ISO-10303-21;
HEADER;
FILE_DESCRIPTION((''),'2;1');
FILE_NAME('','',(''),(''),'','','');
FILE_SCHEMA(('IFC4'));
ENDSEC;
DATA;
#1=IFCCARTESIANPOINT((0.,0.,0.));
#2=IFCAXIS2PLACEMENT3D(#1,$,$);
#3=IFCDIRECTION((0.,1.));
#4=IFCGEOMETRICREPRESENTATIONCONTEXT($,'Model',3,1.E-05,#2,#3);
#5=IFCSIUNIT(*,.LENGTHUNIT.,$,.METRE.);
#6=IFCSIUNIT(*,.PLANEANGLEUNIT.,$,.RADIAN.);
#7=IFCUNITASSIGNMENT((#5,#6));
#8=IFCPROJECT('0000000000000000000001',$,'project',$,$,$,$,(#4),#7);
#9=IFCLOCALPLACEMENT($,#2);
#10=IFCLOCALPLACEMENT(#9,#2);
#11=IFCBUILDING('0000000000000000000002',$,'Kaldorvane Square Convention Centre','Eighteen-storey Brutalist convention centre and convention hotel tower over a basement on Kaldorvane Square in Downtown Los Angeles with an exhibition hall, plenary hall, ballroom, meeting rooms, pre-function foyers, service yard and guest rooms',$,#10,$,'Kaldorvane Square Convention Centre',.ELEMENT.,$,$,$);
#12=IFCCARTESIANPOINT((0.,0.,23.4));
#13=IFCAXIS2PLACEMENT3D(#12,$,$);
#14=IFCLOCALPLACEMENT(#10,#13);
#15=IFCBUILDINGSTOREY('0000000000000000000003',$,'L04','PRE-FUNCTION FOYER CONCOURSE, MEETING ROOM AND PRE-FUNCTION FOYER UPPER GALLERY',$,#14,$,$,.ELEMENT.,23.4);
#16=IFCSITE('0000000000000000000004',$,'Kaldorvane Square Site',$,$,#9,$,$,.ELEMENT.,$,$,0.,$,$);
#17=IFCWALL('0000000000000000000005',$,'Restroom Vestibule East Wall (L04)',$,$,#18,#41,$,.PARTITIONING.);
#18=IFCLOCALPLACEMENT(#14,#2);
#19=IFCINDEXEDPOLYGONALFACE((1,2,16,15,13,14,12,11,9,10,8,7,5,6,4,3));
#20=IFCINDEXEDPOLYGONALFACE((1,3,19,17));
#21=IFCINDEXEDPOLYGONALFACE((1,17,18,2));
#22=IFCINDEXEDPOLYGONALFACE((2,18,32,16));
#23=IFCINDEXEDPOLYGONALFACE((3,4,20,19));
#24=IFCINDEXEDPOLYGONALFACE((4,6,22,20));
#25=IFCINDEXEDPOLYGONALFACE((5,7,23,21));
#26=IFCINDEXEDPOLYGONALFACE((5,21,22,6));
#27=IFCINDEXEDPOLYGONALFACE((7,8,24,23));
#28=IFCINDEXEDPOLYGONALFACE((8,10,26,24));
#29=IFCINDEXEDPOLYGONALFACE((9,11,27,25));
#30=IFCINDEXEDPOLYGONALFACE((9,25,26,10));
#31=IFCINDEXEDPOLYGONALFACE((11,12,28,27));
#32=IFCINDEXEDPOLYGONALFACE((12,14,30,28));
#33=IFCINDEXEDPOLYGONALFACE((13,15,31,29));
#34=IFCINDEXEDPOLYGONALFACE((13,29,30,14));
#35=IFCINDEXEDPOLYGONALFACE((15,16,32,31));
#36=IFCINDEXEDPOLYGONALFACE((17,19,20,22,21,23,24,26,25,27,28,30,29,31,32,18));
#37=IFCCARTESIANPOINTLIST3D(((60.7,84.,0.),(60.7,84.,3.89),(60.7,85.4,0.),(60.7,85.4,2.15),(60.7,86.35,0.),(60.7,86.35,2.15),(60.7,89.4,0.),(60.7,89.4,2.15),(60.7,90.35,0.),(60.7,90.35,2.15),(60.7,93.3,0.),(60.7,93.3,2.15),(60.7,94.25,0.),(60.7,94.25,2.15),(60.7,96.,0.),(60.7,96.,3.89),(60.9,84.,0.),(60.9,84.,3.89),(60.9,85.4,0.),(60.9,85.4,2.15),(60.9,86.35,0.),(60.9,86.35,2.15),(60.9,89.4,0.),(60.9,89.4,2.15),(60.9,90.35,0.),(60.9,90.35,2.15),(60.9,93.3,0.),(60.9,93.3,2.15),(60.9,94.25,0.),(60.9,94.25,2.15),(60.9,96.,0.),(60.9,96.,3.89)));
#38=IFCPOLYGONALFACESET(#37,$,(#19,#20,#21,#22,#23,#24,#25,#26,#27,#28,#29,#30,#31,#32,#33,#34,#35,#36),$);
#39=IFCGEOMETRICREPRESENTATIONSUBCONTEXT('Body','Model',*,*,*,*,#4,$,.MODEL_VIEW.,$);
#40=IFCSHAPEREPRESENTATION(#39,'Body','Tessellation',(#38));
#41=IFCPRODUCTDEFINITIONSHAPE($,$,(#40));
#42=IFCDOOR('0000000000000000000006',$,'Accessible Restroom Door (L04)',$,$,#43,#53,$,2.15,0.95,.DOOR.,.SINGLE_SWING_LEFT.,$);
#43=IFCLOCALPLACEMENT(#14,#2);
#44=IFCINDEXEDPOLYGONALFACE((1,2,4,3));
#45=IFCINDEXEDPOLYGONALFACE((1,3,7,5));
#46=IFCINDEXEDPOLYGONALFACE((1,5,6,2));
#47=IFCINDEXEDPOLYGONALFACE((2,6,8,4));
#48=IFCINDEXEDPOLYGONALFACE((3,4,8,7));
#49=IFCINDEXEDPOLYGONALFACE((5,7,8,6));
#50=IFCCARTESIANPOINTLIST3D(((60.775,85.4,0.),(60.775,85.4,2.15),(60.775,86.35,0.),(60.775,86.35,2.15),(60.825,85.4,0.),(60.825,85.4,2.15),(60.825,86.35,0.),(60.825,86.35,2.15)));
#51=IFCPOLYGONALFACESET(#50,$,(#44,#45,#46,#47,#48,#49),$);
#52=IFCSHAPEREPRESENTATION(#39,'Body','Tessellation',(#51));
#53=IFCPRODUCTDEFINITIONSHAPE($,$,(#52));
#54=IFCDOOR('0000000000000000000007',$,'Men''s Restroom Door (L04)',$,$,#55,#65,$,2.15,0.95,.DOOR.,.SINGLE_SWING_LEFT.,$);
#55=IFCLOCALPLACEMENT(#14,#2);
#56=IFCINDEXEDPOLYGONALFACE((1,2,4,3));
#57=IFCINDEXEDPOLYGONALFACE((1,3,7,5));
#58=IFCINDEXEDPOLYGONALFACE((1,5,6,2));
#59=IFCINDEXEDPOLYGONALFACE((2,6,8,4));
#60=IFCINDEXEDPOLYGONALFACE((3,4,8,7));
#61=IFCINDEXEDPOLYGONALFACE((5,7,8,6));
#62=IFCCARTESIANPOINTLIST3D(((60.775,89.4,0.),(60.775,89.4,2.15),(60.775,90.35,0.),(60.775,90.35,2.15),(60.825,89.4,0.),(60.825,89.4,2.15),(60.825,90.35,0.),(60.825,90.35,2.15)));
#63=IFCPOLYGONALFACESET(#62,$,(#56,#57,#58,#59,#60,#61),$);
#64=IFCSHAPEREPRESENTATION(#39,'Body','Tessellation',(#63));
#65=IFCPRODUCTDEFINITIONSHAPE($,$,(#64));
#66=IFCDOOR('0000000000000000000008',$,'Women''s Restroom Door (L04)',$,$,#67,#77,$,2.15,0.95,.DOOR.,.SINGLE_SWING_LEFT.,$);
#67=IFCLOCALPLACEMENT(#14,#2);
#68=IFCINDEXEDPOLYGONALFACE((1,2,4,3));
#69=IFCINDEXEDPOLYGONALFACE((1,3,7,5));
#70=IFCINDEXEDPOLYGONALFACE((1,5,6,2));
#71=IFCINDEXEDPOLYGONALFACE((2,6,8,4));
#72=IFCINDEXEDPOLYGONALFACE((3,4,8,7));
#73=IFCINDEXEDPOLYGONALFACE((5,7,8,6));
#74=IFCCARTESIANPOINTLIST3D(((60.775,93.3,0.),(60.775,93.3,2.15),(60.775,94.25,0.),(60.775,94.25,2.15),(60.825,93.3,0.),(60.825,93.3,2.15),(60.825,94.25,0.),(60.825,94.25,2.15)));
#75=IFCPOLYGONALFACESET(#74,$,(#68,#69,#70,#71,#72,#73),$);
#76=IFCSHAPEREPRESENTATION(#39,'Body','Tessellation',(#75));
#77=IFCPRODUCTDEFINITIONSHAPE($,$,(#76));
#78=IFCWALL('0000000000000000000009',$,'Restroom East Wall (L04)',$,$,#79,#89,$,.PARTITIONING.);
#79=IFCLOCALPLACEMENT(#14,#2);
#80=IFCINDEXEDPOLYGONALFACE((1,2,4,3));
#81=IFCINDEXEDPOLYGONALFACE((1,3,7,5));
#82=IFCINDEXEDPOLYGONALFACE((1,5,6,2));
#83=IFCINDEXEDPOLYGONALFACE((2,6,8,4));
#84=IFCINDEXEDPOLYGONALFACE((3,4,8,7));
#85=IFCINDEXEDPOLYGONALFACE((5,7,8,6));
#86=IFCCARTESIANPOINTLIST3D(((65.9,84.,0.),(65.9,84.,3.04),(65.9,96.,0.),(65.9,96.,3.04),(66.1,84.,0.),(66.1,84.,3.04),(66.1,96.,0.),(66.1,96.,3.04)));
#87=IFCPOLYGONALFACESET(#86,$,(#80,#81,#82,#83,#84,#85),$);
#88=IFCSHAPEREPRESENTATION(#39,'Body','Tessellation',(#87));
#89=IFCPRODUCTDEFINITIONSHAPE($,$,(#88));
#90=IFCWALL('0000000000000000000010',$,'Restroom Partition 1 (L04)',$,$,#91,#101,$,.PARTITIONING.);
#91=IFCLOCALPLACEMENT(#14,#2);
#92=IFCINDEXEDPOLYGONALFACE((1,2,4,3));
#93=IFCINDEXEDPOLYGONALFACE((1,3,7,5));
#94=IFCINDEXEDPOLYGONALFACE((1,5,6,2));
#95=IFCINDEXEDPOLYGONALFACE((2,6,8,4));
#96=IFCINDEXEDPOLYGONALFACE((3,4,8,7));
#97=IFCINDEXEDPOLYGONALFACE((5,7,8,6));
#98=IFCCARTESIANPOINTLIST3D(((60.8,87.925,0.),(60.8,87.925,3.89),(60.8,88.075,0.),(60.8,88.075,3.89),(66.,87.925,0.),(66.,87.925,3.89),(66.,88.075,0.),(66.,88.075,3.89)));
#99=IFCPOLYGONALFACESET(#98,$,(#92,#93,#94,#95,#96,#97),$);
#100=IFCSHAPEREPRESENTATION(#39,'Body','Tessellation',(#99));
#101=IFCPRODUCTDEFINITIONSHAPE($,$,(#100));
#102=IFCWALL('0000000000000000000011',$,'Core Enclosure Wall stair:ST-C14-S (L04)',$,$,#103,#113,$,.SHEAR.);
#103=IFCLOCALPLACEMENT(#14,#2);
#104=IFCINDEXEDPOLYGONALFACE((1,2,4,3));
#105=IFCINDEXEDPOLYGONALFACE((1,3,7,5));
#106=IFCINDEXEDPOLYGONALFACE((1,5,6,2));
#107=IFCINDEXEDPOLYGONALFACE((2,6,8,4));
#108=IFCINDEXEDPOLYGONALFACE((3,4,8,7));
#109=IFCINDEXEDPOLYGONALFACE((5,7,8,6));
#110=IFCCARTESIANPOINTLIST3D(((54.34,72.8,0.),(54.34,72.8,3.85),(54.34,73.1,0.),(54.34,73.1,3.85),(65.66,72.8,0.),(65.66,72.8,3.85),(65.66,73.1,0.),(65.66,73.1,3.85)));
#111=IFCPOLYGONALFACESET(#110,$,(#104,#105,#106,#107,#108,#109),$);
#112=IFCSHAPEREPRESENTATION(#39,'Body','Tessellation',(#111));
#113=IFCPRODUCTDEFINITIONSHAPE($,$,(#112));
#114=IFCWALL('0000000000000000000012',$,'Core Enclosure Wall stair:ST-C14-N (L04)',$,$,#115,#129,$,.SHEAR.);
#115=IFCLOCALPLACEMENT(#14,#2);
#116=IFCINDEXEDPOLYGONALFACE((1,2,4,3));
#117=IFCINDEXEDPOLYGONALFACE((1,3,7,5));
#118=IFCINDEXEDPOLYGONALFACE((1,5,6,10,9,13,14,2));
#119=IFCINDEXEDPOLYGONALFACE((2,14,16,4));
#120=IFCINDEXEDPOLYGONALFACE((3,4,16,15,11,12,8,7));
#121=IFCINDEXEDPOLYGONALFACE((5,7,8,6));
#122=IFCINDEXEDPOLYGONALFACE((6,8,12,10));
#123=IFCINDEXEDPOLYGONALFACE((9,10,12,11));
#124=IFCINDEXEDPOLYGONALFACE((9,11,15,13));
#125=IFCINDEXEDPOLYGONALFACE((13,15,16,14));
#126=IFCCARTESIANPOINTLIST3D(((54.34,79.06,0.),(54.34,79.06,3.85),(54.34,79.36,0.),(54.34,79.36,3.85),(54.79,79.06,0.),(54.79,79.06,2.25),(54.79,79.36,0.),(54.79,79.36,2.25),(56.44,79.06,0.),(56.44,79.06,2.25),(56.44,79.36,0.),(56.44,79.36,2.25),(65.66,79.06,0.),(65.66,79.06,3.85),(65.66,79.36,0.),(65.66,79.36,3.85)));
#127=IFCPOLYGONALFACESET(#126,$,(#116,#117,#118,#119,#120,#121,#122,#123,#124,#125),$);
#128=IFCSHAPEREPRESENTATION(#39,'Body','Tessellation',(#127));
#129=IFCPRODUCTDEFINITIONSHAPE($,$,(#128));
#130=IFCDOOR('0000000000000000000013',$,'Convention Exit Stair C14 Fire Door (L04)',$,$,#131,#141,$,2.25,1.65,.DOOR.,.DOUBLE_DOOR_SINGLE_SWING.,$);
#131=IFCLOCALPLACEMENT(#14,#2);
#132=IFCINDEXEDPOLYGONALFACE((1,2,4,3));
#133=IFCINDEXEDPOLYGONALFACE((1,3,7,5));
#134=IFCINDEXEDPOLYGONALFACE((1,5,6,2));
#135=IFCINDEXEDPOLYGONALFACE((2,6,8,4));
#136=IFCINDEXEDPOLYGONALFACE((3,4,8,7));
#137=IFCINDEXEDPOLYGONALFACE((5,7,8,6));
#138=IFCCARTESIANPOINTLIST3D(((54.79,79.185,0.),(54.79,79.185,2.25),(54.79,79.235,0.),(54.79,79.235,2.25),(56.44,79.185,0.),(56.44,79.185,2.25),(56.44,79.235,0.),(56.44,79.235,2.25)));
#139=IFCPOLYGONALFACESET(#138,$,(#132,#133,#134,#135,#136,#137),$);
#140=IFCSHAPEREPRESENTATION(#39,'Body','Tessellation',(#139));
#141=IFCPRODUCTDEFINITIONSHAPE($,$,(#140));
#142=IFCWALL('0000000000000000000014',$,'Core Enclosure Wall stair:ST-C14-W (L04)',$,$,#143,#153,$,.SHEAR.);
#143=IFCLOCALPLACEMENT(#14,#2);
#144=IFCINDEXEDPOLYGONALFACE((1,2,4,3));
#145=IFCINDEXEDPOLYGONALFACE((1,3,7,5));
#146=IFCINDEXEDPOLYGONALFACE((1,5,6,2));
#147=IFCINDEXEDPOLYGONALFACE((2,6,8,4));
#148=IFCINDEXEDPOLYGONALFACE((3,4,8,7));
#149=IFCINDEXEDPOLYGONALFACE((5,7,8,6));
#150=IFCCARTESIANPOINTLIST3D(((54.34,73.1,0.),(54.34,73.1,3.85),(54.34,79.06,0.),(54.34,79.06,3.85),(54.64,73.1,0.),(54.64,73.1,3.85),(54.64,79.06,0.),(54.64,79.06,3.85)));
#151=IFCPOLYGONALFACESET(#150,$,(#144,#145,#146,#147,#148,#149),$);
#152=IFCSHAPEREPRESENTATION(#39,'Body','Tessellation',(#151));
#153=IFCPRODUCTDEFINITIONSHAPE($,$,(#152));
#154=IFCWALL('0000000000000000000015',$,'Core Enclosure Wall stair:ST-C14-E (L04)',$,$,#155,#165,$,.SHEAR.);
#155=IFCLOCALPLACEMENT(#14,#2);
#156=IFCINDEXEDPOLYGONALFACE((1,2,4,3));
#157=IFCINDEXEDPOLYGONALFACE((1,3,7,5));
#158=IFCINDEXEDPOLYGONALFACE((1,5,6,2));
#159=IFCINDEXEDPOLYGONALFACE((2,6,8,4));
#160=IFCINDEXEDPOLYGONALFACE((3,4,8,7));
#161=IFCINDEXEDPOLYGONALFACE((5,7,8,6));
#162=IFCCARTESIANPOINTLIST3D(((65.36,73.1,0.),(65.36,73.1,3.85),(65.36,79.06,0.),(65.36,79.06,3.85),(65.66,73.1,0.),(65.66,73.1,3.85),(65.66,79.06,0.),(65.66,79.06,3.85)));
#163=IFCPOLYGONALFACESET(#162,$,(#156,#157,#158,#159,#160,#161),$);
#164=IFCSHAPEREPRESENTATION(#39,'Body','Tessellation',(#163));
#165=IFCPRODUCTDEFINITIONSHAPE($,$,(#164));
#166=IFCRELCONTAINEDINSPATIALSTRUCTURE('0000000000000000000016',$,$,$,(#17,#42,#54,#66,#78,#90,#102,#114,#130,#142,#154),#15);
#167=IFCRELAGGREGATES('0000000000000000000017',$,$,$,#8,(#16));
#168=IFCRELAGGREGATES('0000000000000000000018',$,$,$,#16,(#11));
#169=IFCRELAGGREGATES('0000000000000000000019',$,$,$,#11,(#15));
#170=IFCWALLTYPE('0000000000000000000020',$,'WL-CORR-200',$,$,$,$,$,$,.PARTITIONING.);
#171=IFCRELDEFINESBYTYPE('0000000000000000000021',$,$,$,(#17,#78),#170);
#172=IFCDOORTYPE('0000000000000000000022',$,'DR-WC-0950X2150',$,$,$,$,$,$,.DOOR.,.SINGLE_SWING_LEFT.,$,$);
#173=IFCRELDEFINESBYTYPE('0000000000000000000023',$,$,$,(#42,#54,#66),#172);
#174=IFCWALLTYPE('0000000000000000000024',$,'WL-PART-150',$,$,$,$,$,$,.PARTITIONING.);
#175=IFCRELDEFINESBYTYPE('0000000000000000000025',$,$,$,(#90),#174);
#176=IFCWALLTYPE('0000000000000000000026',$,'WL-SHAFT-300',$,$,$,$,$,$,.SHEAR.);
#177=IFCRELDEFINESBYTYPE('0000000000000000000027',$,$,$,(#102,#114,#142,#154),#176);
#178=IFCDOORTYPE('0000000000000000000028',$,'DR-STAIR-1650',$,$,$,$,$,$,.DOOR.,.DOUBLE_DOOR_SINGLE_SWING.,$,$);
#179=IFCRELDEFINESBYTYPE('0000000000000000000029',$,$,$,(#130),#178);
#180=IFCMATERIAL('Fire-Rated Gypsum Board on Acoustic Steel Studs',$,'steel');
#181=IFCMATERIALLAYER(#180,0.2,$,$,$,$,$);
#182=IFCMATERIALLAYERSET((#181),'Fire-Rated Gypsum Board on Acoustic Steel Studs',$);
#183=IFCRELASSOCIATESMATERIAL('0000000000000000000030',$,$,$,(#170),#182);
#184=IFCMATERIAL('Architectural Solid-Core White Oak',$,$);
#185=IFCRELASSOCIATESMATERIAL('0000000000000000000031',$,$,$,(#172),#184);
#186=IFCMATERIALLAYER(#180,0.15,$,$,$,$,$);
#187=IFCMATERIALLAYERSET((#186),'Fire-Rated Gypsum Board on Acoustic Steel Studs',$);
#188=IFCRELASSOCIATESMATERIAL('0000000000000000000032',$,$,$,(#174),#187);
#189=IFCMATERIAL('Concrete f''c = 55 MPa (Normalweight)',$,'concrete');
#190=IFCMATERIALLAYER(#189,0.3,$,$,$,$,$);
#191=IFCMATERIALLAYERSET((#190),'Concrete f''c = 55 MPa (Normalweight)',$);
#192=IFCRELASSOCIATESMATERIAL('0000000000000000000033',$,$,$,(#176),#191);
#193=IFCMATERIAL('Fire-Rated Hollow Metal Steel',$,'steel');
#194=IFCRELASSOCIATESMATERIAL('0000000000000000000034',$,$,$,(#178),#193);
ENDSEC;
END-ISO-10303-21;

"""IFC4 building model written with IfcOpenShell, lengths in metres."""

from ifc_helpers import new_model, si_unit, direction, frame, frame_2d, origin, place, context, subcontext, project, spatial, rectangle, extrude, material, layer, layer_set, type_object, element, fill, save


model = new_model("IFC4")

# Units and contexts
model_context = context("Model", 3, precision=1e-05, world=origin(), true_north=direction((0.0, 1.0)))
body_context = subcontext(model_context, "Body", "Model", "MODEL_VIEW")
ifc_project = project(units=[si_unit("LENGTHUNIT", "METRE"), si_unit("PLANEANGLEUNIT", "RADIAN")], contexts=[model_context])

# Site, building, storey
site_placement = place(None, origin())
site = spatial("IfcSite", under=ifc_project, at=site_placement, Name="Kaldorvane Square Site", CompositionType="ELEMENT", RefElevation=0.0)
building_placement = place(site_placement, origin())
building = spatial("IfcBuilding", under=site, at=building_placement, Name="Kaldorvane Square Convention Centre", Description="Eighteen-storey Brutalist convention centre and convention hotel tower over a basement on Kaldorvane Square in Downtown Los Angeles with an exhibition hall, plenary hall, ballroom, meeting rooms, pre-function foyers, service yard and guest rooms", LongName="Kaldorvane Square Convention Centre", CompositionType="ELEMENT")
storey_placement = place(building_placement, frame((0.0, 0.0, 23.4)))
storey = spatial("IfcBuildingStorey", under=building, at=storey_placement, Name="L04", Description="PRE-FUNCTION FOYER CONCOURSE, MEETING ROOM AND PRE-FUNCTION FOYER UPPER GALLERY", CompositionType="ELEMENT", Elevation=23.4)

# Shared definitions
ifc_material_1 = material(Name="Concrete f'c = 55 MPa (Normalweight)", Category="concrete")

# Shared definitions
ifc_material_2 = material(Name="Fire-Rated Gypsum Board on Acoustic Steel Studs", Category="steel")
ifc_layer_1 = layer(ifc_material_2, 0.2)
ifc_layer_set_1 = layer_set([ifc_layer_1], Name="Fire-Rated Gypsum Board on Acoustic Steel Studs")
wall_type_1 = type_object("IfcWallType", Name="WL-CORR-200", PredefinedType="PARTITIONING", material=ifc_layer_set_1)

# Wall, openings, doors
wall_1_placement = place(storey_placement, frame((60.8, 84.0, 0.0), z_axis=(0.0, 0.0, 1.0), x_axis=(0.0, 1.0, 0.0)))
wall_1 = element("IfcWall", 1, at=wall_1_placement, inside=storey, type_object=wall_type_1, Name="Restroom Vestibule East Wall (L04)", PredefinedType="PARTITIONING", context=body_context, shape_type="SweptSolid", body=[
    extrude(rectangle(XDim=12.0, YDim=0.2, at=frame_2d((6.0, 0.0))), origin(), (0.0, 0.0, 1.0), 3.89),
])
opening_1_placement = place(wall_1_placement, frame((1.4, 0.0, 0.0)))
opening_1 = element("IfcOpeningElement", 2, at=opening_1_placement, cuts=wall_1, PredefinedType="OPENING", context=body_context, shape_type="SweptSolid", body=[
    extrude(rectangle(XDim=0.95, YDim=2.15, at=frame_2d((0.475, 1.075))), frame((0.0, 0.115, 0.0), z_axis=(0.0, -1.0, 0.0), x_axis=(1.0, 0.0, 0.0)), (0.0, 0.0, 1.0), 0.23),
])
opening_2_placement = place(wall_1_placement, frame((5.4, 0.0, 0.0)))
opening_2 = element("IfcOpeningElement", 3, at=opening_2_placement, cuts=wall_1, PredefinedType="OPENING", context=body_context, shape_type="SweptSolid", body=[
    extrude(rectangle(XDim=0.95, YDim=2.15, at=frame_2d((0.475, 1.075))), frame((0.0, 0.115, 0.0), z_axis=(0.0, -1.0, 0.0), x_axis=(1.0, 0.0, 0.0)), (0.0, 0.0, 1.0), 0.23),
])
opening_3_placement = place(wall_1_placement, frame((9.3, 0.0, 0.0)))
opening_3 = element("IfcOpeningElement", 4, at=opening_3_placement, cuts=wall_1, PredefinedType="OPENING", context=body_context, shape_type="SweptSolid", body=[
    extrude(rectangle(XDim=0.95, YDim=2.15, at=frame_2d((0.475, 1.075))), frame((0.0, 0.115, 0.0), z_axis=(0.0, -1.0, 0.0), x_axis=(1.0, 0.0, 0.0)), (0.0, 0.0, 1.0), 0.23),
])
ifc_material_3 = material(Name="Architectural Solid-Core White Oak")
door_type_1 = type_object("IfcDoorType", Name="DR-WC-0950X2150", OperationType="SINGLE_SWING_LEFT", PredefinedType="DOOR", material=ifc_material_3)
door_1_placement = place(opening_1_placement, origin())
door_1 = element("IfcDoor", 5, at=door_1_placement, inside=storey, type_object=door_type_1, Name="Accessible Restroom Door (L04)", OperationType="SINGLE_SWING_LEFT", OverallHeight=2.15, OverallWidth=0.95, PredefinedType="DOOR", context=body_context, shape_type="SweptSolid", body=[
    extrude(rectangle(XDim=0.95, YDim=2.15, at=frame_2d((0.475, 1.075))), frame((0.0, 0.025, 0.0), z_axis=(0.0, -1.0, 0.0), x_axis=(1.0, 0.0, 0.0)), (0.0, 0.0, 1.0), 0.05),
])
fill(opening_1, door_1)
door_2_placement = place(opening_2_placement, origin())
door_2 = element("IfcDoor", 6, at=door_2_placement, inside=storey, type_object=door_type_1, Name="Men's Restroom Door (L04)", OperationType="SINGLE_SWING_LEFT", OverallHeight=2.15, OverallWidth=0.95, PredefinedType="DOOR", context=body_context, shape_type="SweptSolid", body=[
    extrude(rectangle(XDim=0.95, YDim=2.15, at=frame_2d((0.475, 1.075))), frame((0.0, 0.025, 0.0), z_axis=(0.0, -1.0, 0.0), x_axis=(1.0, 0.0, 0.0)), (0.0, 0.0, 1.0), 0.05),
])
fill(opening_2, door_2)
door_3_placement = place(opening_3_placement, origin())
door_3 = element("IfcDoor", 7, at=door_3_placement, inside=storey, type_object=door_type_1, Name="Women's Restroom Door (L04)", OperationType="SINGLE_SWING_LEFT", OverallHeight=2.15, OverallWidth=0.95, PredefinedType="DOOR", context=body_context, shape_type="SweptSolid", body=[
    extrude(rectangle(XDim=0.95, YDim=2.15, at=frame_2d((0.475, 1.075))), frame((0.0, 0.025, 0.0), z_axis=(0.0, -1.0, 0.0), x_axis=(1.0, 0.0, 0.0)), (0.0, 0.0, 1.0), 0.05),
])
fill(opening_3, door_3)

# Walls
wall_2_placement = place(storey_placement, frame((66.0, 84.0, 0.0), z_axis=(0.0, 0.0, 1.0), x_axis=(0.0, 1.0, 0.0)))
element("IfcWall", 8, at=wall_2_placement, inside=storey, type_object=wall_type_1, Name="Restroom East Wall (L04)", PredefinedType="PARTITIONING", context=body_context, shape_type="SweptSolid", body=[
    extrude(rectangle(XDim=12.0, YDim=0.2, at=frame_2d((6.0, 0.0))), origin(), (0.0, 0.0, 1.0), 3.04),
])
ifc_layer_2 = layer(ifc_material_2, 0.15)
ifc_layer_set_2 = layer_set([ifc_layer_2], Name="Fire-Rated Gypsum Board on Acoustic Steel Studs")
wall_type_2 = type_object("IfcWallType", Name="WL-PART-150", PredefinedType="PARTITIONING", material=ifc_layer_set_2)
wall_3_placement = place(storey_placement, frame((60.8, 88.0, 0.0), z_axis=(0.0, 0.0, 1.0), x_axis=(1.0, 0.0, 0.0)))
element("IfcWall", 9, at=wall_3_placement, inside=storey, type_object=wall_type_2, Name="Restroom Partition 1 (L04)", PredefinedType="PARTITIONING", context=body_context, shape_type="SweptSolid", body=[
    extrude(rectangle(XDim=5.2, YDim=0.15, at=frame_2d((2.6, 0.0))), origin(), (0.0, 0.0, 1.0), 3.89),
])
ifc_layer_3 = layer(ifc_material_1, 0.3)
ifc_layer_set_3 = layer_set([ifc_layer_3], Name="Concrete f'c = 55 MPa (Normalweight)")
wall_type_3 = type_object("IfcWallType", Name="WL-SHAFT-300", PredefinedType="SHEAR", material=ifc_layer_set_3)
wall_4_placement = place(storey_placement, frame((54.34, 72.95, 0.0), z_axis=(0.0, 0.0, 1.0), x_axis=(1.0, 0.0, 0.0)))
element("IfcWall", 10, at=wall_4_placement, inside=storey, type_object=wall_type_3, Name="Core Enclosure Wall stair:ST-C14-S (L04)", PredefinedType="SHEAR", context=body_context, shape_type="SweptSolid", body=[
    extrude(rectangle(XDim=11.32, YDim=0.3, at=frame_2d((5.66, 0.0))), origin(), (0.0, 0.0, 1.0), 3.85),
])

# Wall, opening, door
wall_5_placement = place(storey_placement, frame((65.66, 79.21, 0.0), z_axis=(0.0, 0.0, 1.0), x_axis=(-1.0, 0.0, 0.0)))
wall_5 = element("IfcWall", 11, at=wall_5_placement, inside=storey, type_object=wall_type_3, Name="Core Enclosure Wall stair:ST-C14-N (L04)", PredefinedType="SHEAR", context=body_context, shape_type="SweptSolid", body=[
    extrude(rectangle(XDim=11.32, YDim=0.3, at=frame_2d((5.66, 0.0))), origin(), (0.0, 0.0, 1.0), 3.85),
])
opening_4_placement = place(wall_5_placement, frame((9.22, 0.0, 0.0)))
opening_4 = element("IfcOpeningElement", 12, at=opening_4_placement, cuts=wall_5, PredefinedType="OPENING", context=body_context, shape_type="SweptSolid", body=[
    extrude(rectangle(XDim=1.65, YDim=2.25, at=frame_2d((0.825, 1.125))), frame((0.0, 0.165, 0.0), z_axis=(0.0, -1.0, 0.0), x_axis=(1.0, 0.0, 0.0)), (0.0, 0.0, 1.0), 0.33),
])
ifc_material_4 = material(Name="Fire-Rated Hollow Metal Steel", Category="steel")
door_type_2 = type_object("IfcDoorType", Name="DR-STAIR-1650", OperationType="DOUBLE_DOOR_SINGLE_SWING", PredefinedType="DOOR", material=ifc_material_4)
door_4_placement = place(opening_4_placement, origin())
door_4 = element("IfcDoor", 13, at=door_4_placement, inside=storey, type_object=door_type_2, Name="Convention Exit Stair C14 Fire Door (L04)", OperationType="DOUBLE_DOOR_SINGLE_SWING", OverallHeight=2.25, OverallWidth=1.65, PredefinedType="DOOR", context=body_context, shape_type="SweptSolid", body=[
    extrude(rectangle(XDim=1.65, YDim=2.25, at=frame_2d((0.825, 1.125))), frame((0.0, 0.025, 0.0), z_axis=(0.0, -1.0, 0.0), x_axis=(1.0, 0.0, 0.0)), (0.0, 0.0, 1.0), 0.05),
])
fill(opening_4, door_4)

# Walls
for number, where, z_axis, x_axis, name in (
    (14, (54.49, 79.06, 0.0), (0.0, 0.0, 1.0), (0.0, -1.0, 0.0), "Core Enclosure Wall stair:ST-C14-W (L04)"),
    (15, (65.51, 73.1, 0.0), (0.0, 0.0, 1.0), (0.0, 1.0, 0.0), "Core Enclosure Wall stair:ST-C14-E (L04)"),
):
    element("IfcWall", number, at=place(storey_placement, frame(where, z_axis=z_axis, x_axis=x_axis)), inside=storey, type_object=wall_type_3, Name=name, PredefinedType="SHEAR", context=body_context, shape_type="SweptSolid", body=[
        extrude(rectangle(XDim=5.96, YDim=0.3, at=frame_2d((2.98, 0.0))), origin(), (0.0, 0.0, 1.0), 3.85),
    ])

save(model, "model.ifc")
